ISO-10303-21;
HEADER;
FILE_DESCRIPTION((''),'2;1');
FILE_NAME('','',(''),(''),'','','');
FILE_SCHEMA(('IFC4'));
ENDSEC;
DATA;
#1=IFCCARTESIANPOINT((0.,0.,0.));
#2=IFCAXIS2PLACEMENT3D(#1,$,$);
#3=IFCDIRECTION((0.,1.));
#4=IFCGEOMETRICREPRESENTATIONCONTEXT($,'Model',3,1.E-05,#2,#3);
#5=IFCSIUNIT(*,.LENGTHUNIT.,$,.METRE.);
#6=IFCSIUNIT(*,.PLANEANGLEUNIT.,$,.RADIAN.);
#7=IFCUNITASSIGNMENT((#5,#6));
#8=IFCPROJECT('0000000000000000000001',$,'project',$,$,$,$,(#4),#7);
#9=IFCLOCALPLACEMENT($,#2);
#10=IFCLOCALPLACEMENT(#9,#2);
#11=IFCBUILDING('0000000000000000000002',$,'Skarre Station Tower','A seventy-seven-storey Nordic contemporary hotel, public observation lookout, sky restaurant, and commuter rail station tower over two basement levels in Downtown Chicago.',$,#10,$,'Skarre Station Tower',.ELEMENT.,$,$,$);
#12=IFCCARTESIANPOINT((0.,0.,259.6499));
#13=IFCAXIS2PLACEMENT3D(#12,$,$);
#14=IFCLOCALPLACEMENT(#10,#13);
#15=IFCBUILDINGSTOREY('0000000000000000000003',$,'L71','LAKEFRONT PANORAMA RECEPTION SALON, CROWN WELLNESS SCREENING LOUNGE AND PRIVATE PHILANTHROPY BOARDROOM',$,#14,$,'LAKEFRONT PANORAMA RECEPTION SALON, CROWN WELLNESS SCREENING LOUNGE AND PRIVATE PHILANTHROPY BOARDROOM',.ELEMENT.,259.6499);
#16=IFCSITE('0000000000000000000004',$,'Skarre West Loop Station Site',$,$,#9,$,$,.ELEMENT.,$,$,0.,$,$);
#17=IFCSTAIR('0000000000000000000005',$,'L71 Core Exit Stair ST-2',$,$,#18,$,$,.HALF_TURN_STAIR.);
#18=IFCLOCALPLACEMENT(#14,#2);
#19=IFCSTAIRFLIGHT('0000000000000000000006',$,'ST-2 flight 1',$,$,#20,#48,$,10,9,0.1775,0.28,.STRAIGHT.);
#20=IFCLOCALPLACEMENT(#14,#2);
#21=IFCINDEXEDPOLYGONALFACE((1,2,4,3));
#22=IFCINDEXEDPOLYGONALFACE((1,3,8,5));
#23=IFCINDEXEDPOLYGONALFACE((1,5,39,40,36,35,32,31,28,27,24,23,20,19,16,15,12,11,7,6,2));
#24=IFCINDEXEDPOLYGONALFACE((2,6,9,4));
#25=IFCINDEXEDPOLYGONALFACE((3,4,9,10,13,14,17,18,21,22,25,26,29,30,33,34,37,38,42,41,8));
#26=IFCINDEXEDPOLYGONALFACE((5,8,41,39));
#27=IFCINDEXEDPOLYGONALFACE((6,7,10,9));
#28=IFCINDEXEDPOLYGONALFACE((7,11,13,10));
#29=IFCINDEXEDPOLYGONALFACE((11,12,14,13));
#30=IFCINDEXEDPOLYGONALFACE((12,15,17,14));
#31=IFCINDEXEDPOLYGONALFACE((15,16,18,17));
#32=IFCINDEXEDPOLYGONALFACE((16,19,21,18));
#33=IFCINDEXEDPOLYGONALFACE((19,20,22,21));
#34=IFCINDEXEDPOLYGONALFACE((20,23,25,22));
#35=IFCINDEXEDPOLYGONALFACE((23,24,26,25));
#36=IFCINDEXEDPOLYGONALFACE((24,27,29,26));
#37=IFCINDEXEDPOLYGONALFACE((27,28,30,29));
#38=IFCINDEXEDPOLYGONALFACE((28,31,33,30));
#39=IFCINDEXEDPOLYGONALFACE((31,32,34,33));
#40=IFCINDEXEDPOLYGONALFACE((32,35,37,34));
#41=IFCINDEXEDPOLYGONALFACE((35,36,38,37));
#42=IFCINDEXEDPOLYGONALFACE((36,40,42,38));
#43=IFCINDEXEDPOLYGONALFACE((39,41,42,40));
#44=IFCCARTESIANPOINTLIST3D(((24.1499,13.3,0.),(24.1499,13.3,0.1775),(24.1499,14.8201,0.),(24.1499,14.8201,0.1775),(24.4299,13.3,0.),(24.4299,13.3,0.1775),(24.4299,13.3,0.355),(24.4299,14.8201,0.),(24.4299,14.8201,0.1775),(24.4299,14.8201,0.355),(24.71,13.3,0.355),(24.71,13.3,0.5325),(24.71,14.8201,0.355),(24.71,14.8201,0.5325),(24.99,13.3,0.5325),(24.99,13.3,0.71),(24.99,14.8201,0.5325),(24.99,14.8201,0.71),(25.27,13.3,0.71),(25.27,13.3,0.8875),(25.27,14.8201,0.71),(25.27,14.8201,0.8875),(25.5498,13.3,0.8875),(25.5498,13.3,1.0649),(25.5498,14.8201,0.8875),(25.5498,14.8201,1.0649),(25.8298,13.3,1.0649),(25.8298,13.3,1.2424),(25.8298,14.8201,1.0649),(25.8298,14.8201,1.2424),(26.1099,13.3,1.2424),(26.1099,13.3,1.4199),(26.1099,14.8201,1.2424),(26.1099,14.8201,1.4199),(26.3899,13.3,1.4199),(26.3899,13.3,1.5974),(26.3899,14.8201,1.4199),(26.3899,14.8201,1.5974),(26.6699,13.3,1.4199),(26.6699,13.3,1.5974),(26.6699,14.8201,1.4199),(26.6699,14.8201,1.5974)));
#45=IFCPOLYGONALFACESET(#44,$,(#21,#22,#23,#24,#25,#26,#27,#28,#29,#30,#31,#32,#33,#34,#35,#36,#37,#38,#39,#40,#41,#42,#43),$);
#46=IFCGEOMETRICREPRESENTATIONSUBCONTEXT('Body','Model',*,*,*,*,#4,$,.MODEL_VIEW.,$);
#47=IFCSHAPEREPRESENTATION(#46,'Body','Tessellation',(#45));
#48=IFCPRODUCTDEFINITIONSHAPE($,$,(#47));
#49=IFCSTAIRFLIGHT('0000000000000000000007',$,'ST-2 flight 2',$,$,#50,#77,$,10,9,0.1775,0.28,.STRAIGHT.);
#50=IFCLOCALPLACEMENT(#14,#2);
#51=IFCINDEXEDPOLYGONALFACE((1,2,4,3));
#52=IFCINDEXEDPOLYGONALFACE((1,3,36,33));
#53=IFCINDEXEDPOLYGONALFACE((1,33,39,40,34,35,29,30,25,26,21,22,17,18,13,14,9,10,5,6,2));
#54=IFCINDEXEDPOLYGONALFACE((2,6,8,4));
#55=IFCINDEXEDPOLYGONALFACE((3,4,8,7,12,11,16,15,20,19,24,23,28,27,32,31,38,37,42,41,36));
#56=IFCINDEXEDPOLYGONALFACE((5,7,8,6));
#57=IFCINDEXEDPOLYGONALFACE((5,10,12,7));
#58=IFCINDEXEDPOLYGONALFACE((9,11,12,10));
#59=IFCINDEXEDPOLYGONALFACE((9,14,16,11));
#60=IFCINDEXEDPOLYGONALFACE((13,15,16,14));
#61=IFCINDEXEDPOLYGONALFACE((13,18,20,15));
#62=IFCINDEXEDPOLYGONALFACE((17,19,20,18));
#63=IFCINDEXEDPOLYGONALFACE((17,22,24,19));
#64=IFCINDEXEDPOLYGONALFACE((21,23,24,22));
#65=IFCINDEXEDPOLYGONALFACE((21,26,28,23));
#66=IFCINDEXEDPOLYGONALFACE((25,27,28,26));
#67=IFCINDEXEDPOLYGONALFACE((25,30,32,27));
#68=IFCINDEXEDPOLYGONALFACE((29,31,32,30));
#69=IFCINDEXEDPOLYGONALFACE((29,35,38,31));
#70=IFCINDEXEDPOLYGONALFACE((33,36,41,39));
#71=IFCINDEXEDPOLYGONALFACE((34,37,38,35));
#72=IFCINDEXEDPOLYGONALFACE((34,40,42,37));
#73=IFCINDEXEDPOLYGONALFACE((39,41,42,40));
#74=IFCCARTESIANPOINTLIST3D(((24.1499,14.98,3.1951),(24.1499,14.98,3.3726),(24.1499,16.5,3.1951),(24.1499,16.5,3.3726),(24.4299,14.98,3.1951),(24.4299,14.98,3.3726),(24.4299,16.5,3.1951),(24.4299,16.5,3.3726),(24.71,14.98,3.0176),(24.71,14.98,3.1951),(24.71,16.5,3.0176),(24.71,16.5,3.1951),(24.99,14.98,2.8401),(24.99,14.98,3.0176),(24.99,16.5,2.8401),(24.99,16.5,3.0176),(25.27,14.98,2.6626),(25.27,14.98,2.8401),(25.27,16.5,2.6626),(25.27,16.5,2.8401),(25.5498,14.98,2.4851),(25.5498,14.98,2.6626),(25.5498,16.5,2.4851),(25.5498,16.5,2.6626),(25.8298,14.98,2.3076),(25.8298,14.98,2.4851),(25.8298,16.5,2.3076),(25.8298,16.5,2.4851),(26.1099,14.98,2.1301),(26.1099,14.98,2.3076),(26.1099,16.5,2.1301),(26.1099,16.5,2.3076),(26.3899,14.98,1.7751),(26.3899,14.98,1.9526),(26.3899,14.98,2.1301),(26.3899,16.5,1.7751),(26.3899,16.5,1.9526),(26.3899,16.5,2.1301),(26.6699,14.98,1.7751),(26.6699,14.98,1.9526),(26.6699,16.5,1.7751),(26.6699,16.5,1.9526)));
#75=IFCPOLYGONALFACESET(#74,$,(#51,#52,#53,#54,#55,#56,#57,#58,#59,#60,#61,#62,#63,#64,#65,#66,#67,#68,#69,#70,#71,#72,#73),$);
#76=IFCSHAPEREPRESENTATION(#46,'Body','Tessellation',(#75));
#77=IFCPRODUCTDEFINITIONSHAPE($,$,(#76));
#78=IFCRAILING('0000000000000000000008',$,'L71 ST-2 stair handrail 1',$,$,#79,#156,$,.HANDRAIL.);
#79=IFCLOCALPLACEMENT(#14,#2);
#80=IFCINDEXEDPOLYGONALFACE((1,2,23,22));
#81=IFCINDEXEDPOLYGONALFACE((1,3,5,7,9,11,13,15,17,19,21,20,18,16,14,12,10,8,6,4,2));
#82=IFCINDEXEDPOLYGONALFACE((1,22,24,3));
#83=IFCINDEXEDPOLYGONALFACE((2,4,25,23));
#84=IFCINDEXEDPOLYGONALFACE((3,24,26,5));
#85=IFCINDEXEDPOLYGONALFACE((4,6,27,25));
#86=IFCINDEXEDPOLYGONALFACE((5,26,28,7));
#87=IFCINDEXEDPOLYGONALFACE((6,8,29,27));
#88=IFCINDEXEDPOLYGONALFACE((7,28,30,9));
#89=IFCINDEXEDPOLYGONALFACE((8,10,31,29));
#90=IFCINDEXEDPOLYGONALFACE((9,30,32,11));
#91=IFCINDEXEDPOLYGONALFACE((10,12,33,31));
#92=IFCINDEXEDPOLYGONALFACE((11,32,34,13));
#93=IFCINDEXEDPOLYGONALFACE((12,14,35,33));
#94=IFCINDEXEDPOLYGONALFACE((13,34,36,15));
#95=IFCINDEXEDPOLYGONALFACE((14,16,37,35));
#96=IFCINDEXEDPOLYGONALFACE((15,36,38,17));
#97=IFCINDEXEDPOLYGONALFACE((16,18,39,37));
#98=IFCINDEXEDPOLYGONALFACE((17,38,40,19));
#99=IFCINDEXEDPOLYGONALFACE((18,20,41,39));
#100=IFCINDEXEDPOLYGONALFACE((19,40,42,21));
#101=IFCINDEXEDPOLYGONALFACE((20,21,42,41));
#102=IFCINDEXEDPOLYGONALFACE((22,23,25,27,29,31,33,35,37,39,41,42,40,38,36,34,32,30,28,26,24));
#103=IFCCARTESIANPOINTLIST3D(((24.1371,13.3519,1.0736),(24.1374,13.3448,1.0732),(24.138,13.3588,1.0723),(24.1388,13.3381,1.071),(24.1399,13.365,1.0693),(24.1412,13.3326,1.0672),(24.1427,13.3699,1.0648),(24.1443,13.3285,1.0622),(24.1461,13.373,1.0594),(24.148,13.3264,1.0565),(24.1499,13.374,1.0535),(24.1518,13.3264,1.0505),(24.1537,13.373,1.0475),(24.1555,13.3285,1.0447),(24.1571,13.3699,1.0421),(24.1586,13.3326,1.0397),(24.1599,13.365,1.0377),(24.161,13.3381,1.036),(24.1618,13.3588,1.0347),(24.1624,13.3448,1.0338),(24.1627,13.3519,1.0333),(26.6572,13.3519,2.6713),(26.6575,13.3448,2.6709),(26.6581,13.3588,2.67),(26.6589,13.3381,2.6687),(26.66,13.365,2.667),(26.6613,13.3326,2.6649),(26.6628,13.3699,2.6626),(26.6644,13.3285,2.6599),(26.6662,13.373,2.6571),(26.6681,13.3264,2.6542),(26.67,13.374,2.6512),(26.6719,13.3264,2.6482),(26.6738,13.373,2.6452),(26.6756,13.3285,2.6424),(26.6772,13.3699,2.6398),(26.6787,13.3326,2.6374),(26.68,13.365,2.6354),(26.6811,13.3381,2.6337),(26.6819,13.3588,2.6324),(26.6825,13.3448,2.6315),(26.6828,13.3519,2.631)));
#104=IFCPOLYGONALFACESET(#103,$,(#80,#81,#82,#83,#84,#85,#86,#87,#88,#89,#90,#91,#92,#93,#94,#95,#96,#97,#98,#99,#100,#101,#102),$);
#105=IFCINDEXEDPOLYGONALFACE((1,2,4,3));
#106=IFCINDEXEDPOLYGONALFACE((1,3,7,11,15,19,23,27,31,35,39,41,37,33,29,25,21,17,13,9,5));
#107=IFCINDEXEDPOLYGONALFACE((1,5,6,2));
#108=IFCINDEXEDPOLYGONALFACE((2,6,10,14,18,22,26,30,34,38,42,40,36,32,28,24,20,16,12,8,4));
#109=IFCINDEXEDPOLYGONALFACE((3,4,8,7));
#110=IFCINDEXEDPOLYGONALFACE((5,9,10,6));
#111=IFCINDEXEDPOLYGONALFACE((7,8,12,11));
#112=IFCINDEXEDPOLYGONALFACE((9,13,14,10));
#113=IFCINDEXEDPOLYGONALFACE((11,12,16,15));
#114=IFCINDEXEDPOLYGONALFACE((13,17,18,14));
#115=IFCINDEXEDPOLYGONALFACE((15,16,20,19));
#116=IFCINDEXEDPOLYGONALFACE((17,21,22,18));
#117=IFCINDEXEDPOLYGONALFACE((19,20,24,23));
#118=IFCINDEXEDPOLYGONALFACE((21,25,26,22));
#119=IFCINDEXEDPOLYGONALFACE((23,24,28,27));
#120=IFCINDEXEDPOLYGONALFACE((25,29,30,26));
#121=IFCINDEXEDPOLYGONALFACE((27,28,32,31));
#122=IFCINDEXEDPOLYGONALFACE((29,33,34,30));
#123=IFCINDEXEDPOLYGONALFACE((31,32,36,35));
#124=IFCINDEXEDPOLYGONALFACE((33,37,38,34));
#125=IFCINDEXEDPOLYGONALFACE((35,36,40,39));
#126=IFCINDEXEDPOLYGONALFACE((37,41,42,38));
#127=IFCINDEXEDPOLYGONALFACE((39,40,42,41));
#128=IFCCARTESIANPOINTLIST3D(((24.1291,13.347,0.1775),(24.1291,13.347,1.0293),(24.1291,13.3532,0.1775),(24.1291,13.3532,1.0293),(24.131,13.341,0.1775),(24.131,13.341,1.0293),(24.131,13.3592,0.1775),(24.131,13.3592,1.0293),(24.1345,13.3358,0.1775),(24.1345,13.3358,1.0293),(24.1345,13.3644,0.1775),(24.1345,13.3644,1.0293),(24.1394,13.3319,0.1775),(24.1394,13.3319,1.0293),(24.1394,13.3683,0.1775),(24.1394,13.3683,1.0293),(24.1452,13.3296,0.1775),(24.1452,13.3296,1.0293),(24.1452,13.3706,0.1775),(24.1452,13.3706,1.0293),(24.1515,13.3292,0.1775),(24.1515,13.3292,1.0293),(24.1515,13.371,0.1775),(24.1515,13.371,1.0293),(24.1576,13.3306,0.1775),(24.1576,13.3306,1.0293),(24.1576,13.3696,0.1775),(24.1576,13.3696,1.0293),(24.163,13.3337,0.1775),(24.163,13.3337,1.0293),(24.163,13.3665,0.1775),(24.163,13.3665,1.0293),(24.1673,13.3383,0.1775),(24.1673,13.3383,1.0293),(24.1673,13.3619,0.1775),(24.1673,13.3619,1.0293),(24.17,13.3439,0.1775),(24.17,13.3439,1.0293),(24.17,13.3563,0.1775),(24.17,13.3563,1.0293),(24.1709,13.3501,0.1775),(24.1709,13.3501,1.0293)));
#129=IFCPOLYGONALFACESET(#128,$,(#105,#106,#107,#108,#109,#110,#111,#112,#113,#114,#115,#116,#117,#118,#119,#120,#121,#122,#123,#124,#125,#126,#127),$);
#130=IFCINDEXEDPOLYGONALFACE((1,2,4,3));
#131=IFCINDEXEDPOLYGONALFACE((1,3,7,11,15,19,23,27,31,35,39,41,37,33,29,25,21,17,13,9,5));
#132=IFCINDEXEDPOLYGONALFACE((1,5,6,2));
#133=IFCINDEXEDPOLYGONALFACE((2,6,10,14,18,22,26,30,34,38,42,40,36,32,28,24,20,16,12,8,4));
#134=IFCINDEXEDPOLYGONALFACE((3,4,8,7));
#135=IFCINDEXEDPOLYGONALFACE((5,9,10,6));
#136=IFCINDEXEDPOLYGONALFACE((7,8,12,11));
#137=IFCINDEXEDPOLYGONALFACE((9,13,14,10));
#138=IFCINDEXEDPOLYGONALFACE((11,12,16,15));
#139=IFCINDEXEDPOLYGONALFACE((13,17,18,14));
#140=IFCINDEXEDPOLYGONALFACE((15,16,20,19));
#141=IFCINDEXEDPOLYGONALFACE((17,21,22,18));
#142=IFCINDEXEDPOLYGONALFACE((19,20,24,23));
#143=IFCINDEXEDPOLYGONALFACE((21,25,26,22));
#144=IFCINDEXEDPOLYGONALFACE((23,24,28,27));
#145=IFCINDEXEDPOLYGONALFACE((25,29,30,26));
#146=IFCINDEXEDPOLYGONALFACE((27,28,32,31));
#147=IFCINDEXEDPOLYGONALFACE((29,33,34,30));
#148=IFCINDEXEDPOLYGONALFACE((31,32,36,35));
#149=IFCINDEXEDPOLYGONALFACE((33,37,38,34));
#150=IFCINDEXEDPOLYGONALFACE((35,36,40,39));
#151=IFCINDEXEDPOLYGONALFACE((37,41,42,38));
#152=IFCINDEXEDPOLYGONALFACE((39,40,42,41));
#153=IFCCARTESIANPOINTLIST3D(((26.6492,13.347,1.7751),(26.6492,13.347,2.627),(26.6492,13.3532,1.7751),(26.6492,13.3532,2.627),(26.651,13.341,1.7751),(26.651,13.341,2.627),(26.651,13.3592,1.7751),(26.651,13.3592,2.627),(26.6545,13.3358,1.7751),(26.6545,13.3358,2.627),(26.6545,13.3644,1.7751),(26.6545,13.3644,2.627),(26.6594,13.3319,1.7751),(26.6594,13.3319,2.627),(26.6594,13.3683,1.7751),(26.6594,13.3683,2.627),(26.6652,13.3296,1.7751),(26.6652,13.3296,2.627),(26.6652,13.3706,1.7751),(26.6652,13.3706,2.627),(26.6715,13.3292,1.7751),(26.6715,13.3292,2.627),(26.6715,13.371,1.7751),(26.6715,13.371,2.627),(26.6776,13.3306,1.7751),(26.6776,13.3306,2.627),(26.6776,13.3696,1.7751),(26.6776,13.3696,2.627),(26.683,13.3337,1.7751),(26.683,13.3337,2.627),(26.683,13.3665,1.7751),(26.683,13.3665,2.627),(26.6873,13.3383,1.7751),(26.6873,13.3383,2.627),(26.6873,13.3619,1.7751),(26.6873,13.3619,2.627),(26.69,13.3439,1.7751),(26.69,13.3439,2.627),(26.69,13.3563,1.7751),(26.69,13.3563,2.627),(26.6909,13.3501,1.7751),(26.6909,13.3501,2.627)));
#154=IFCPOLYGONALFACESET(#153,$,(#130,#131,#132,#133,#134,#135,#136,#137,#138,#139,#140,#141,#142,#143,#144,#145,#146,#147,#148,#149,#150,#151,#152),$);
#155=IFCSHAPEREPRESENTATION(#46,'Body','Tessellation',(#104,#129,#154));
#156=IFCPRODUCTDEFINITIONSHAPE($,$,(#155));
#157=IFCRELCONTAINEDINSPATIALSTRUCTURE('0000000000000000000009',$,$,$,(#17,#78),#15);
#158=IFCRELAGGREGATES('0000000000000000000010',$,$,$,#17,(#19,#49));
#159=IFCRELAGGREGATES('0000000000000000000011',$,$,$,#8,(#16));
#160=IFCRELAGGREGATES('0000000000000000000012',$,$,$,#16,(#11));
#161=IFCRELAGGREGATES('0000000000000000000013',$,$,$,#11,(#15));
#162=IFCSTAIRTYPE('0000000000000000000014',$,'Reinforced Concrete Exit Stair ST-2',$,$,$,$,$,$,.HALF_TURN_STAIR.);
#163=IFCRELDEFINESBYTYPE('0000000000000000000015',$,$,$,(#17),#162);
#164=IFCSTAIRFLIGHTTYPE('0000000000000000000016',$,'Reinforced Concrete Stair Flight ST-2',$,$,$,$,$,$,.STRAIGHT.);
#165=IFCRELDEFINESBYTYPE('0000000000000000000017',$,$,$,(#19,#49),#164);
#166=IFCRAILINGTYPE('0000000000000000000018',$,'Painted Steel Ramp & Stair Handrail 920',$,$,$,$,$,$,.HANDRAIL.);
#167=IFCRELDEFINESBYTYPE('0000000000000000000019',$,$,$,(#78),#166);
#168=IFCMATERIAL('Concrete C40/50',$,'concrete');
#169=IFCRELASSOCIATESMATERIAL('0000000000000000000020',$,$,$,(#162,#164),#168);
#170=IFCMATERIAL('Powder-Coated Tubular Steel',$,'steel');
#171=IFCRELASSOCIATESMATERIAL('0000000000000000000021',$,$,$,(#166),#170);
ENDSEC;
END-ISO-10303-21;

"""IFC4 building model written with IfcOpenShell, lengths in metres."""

from ifc_helpers import new_model, si_unit, direction, frame, origin, origin_2d, place, context, subcontext, project, spatial, polyline, circle, outline, extrude, material, type_object, element, aggregate, save


model = new_model("IFC4")

# Units and contexts
model_context = context("Model", 3, precision=1e-05, world=origin(), true_north=direction((0.0, 1.0)))
body_context = subcontext(model_context, "Body", "Model", "MODEL_VIEW")
ifc_project = project(units=[si_unit("LENGTHUNIT", "METRE"), si_unit("PLANEANGLEUNIT", "RADIAN")], contexts=[model_context])

# Site, building, storey
site_placement = place(None, origin())
site = spatial("IfcSite", under=ifc_project, at=site_placement, Name="Skarre West Loop Station Site", CompositionType="ELEMENT", RefElevation=0.0)
building_placement = place(site_placement, origin())
building = spatial("IfcBuilding", under=site, at=building_placement, Name="Skarre Station Tower", Description="A seventy-seven-storey Nordic contemporary hotel, public observation lookout, sky restaurant, and commuter rail station tower over two basement levels in Downtown Chicago.", LongName="Skarre Station Tower", CompositionType="ELEMENT")
storey_placement = place(building_placement, frame((0.0, 0.0, 259.6499)))
storey = spatial("IfcBuildingStorey", under=building, at=storey_placement, Name="L71", Description="LAKEFRONT PANORAMA RECEPTION SALON, CROWN WELLNESS SCREENING LOUNGE AND PRIVATE PHILANTHROPY BOARDROOM", LongName="LAKEFRONT PANORAMA RECEPTION SALON, CROWN WELLNESS SCREENING LOUNGE AND PRIVATE PHILANTHROPY BOARDROOM", CompositionType="ELEMENT", Elevation=259.6499)

# Stair, stair flights
ifc_material_1 = material(Name="Concrete C40/50", Category="concrete")
stair_type = type_object("IfcStairType", Name="Reinforced Concrete Exit Stair ST-2", PredefinedType="HALF_TURN_STAIR", material=ifc_material_1)
stair_placement = place(storey_placement, origin())
stair = element("IfcStair", 1, at=stair_placement, inside=storey, type_object=stair_type, Name="L71 Core Exit Stair ST-2", PredefinedType="HALF_TURN_STAIR")
stair_flight_type = type_object("IfcStairFlightType", Name="Reinforced Concrete Stair Flight ST-2", PredefinedType="STRAIGHT", material=ifc_material_1)
stair_flight_1_placement = place(storey_placement, frame((24.1499, 14.0601, 0.0), z_axis=(0.0, 0.0, 1.0), x_axis=(1.0, 0.0, 0.0)))
stair_flight_1 = element("IfcStairFlight", 2, at=stair_flight_1_placement, type_object=stair_flight_type, Name="ST-2 flight 1", NumberOfRisers=10, NumberOfTreads=9, PredefinedType="STRAIGHT", RiserHeight=0.1775, TreadLength=0.28, context=body_context, shape_type="SweptSolid", body=[
    extrude(outline(polyline([(0.0, 0.0), (0.0, 0.1775), (0.28, 0.1775), (0.28, 0.355), (0.5601, 0.355), (0.5601, 0.5325), (0.8401, 0.5325), (0.8401, 0.71), (1.1201, 0.71), (1.1201, 0.8875), (1.3999, 0.8875), (1.3999, 1.0649), (1.6799, 1.0649), (1.6799, 1.2424), (1.96, 1.2424), (1.96, 1.4199), (2.24, 1.4199), (2.24, 1.5974), (2.52, 1.5974), (2.52, 1.7749), (2.52, 1.4199), (0.28, 0.0), (0.0, 0.0)])), frame((0.0, 0.76, 0.0), z_axis=(0.0, -1.0, 0.0), x_axis=(1.0, 0.0, 0.0)), (0.0, 0.0, 1.0), 1.52),
])
stair_flight_2_placement = place(storey_placement, frame((26.6699, 15.74, 1.7751), z_axis=(0.0, 0.0, 1.0), x_axis=(-1.0, 0.0, 0.0)))
stair_flight_2 = element("IfcStairFlight", 3, at=stair_flight_2_placement, type_object=stair_flight_type, Name="ST-2 flight 2", NumberOfRisers=10, NumberOfTreads=9, PredefinedType="STRAIGHT", RiserHeight=0.1775, TreadLength=0.28, context=body_context, shape_type="SweptSolid", body=[
    extrude(outline(polyline([(0.0, 0.0), (0.0, 0.1775), (0.28, 0.1775), (0.28, 0.355), (0.5601, 0.355), (0.5601, 0.5325), (0.8401, 0.5325), (0.8401, 0.71), (1.1201, 0.71), (1.1201, 0.8875), (1.3999, 0.8875), (1.3999, 1.0649), (1.6799, 1.0649), (1.6799, 1.2424), (1.96, 1.2424), (1.96, 1.4199), (2.24, 1.4199), (2.24, 1.5974), (2.52, 1.5974), (2.52, 1.7749), (2.52, 1.4199), (0.28, 0.0), (0.0, 0.0)])), frame((0.0, 0.76, 0.0), z_axis=(0.0, -1.0, 0.0), x_axis=(1.0, 0.0, 0.0)), (0.0, 0.0, 1.0), 1.52),
])
aggregate(stair, [stair_flight_1, stair_flight_2])

# Railing
ifc_material_2 = material(Name="Powder-Coated Tubular Steel", Category="steel")
railing_type_1 = type_object("IfcRailingType", Name="Painted Steel Ramp & Stair Handrail 920", PredefinedType="HANDRAIL", material=ifc_material_2)
railing_1_placement = place(storey_placement, frame((24.1499, 13.3501, 0.1775)))
element("IfcRailing", 4, at=railing_1_placement, inside=storey, type_object=railing_type_1, Name="L71 ST-2 stair handrail 1", PredefinedType="HANDRAIL", context=body_context, shape_type="SweptSolid", body=[
    extrude(circle(Radius=0.0239, at=origin_2d()), frame((0.0, 0.0, 0.876), z_axis=(0.84457, 0.0, 0.535445), x_axis=(0.0, 1.0, 0.0)), (0.0, 0.0, 1.0), 2.9839),
    extrude(circle(Radius=0.021, at=origin_2d()), origin(), (0.0, 0.0, 1.0), 0.8518),
    extrude(circle(Radius=0.021, at=origin_2d()), frame((2.52, 0.0, 1.5977)), (0.0, 0.0, 1.0), 0.8518),
])

save(model, "model.ifc")
